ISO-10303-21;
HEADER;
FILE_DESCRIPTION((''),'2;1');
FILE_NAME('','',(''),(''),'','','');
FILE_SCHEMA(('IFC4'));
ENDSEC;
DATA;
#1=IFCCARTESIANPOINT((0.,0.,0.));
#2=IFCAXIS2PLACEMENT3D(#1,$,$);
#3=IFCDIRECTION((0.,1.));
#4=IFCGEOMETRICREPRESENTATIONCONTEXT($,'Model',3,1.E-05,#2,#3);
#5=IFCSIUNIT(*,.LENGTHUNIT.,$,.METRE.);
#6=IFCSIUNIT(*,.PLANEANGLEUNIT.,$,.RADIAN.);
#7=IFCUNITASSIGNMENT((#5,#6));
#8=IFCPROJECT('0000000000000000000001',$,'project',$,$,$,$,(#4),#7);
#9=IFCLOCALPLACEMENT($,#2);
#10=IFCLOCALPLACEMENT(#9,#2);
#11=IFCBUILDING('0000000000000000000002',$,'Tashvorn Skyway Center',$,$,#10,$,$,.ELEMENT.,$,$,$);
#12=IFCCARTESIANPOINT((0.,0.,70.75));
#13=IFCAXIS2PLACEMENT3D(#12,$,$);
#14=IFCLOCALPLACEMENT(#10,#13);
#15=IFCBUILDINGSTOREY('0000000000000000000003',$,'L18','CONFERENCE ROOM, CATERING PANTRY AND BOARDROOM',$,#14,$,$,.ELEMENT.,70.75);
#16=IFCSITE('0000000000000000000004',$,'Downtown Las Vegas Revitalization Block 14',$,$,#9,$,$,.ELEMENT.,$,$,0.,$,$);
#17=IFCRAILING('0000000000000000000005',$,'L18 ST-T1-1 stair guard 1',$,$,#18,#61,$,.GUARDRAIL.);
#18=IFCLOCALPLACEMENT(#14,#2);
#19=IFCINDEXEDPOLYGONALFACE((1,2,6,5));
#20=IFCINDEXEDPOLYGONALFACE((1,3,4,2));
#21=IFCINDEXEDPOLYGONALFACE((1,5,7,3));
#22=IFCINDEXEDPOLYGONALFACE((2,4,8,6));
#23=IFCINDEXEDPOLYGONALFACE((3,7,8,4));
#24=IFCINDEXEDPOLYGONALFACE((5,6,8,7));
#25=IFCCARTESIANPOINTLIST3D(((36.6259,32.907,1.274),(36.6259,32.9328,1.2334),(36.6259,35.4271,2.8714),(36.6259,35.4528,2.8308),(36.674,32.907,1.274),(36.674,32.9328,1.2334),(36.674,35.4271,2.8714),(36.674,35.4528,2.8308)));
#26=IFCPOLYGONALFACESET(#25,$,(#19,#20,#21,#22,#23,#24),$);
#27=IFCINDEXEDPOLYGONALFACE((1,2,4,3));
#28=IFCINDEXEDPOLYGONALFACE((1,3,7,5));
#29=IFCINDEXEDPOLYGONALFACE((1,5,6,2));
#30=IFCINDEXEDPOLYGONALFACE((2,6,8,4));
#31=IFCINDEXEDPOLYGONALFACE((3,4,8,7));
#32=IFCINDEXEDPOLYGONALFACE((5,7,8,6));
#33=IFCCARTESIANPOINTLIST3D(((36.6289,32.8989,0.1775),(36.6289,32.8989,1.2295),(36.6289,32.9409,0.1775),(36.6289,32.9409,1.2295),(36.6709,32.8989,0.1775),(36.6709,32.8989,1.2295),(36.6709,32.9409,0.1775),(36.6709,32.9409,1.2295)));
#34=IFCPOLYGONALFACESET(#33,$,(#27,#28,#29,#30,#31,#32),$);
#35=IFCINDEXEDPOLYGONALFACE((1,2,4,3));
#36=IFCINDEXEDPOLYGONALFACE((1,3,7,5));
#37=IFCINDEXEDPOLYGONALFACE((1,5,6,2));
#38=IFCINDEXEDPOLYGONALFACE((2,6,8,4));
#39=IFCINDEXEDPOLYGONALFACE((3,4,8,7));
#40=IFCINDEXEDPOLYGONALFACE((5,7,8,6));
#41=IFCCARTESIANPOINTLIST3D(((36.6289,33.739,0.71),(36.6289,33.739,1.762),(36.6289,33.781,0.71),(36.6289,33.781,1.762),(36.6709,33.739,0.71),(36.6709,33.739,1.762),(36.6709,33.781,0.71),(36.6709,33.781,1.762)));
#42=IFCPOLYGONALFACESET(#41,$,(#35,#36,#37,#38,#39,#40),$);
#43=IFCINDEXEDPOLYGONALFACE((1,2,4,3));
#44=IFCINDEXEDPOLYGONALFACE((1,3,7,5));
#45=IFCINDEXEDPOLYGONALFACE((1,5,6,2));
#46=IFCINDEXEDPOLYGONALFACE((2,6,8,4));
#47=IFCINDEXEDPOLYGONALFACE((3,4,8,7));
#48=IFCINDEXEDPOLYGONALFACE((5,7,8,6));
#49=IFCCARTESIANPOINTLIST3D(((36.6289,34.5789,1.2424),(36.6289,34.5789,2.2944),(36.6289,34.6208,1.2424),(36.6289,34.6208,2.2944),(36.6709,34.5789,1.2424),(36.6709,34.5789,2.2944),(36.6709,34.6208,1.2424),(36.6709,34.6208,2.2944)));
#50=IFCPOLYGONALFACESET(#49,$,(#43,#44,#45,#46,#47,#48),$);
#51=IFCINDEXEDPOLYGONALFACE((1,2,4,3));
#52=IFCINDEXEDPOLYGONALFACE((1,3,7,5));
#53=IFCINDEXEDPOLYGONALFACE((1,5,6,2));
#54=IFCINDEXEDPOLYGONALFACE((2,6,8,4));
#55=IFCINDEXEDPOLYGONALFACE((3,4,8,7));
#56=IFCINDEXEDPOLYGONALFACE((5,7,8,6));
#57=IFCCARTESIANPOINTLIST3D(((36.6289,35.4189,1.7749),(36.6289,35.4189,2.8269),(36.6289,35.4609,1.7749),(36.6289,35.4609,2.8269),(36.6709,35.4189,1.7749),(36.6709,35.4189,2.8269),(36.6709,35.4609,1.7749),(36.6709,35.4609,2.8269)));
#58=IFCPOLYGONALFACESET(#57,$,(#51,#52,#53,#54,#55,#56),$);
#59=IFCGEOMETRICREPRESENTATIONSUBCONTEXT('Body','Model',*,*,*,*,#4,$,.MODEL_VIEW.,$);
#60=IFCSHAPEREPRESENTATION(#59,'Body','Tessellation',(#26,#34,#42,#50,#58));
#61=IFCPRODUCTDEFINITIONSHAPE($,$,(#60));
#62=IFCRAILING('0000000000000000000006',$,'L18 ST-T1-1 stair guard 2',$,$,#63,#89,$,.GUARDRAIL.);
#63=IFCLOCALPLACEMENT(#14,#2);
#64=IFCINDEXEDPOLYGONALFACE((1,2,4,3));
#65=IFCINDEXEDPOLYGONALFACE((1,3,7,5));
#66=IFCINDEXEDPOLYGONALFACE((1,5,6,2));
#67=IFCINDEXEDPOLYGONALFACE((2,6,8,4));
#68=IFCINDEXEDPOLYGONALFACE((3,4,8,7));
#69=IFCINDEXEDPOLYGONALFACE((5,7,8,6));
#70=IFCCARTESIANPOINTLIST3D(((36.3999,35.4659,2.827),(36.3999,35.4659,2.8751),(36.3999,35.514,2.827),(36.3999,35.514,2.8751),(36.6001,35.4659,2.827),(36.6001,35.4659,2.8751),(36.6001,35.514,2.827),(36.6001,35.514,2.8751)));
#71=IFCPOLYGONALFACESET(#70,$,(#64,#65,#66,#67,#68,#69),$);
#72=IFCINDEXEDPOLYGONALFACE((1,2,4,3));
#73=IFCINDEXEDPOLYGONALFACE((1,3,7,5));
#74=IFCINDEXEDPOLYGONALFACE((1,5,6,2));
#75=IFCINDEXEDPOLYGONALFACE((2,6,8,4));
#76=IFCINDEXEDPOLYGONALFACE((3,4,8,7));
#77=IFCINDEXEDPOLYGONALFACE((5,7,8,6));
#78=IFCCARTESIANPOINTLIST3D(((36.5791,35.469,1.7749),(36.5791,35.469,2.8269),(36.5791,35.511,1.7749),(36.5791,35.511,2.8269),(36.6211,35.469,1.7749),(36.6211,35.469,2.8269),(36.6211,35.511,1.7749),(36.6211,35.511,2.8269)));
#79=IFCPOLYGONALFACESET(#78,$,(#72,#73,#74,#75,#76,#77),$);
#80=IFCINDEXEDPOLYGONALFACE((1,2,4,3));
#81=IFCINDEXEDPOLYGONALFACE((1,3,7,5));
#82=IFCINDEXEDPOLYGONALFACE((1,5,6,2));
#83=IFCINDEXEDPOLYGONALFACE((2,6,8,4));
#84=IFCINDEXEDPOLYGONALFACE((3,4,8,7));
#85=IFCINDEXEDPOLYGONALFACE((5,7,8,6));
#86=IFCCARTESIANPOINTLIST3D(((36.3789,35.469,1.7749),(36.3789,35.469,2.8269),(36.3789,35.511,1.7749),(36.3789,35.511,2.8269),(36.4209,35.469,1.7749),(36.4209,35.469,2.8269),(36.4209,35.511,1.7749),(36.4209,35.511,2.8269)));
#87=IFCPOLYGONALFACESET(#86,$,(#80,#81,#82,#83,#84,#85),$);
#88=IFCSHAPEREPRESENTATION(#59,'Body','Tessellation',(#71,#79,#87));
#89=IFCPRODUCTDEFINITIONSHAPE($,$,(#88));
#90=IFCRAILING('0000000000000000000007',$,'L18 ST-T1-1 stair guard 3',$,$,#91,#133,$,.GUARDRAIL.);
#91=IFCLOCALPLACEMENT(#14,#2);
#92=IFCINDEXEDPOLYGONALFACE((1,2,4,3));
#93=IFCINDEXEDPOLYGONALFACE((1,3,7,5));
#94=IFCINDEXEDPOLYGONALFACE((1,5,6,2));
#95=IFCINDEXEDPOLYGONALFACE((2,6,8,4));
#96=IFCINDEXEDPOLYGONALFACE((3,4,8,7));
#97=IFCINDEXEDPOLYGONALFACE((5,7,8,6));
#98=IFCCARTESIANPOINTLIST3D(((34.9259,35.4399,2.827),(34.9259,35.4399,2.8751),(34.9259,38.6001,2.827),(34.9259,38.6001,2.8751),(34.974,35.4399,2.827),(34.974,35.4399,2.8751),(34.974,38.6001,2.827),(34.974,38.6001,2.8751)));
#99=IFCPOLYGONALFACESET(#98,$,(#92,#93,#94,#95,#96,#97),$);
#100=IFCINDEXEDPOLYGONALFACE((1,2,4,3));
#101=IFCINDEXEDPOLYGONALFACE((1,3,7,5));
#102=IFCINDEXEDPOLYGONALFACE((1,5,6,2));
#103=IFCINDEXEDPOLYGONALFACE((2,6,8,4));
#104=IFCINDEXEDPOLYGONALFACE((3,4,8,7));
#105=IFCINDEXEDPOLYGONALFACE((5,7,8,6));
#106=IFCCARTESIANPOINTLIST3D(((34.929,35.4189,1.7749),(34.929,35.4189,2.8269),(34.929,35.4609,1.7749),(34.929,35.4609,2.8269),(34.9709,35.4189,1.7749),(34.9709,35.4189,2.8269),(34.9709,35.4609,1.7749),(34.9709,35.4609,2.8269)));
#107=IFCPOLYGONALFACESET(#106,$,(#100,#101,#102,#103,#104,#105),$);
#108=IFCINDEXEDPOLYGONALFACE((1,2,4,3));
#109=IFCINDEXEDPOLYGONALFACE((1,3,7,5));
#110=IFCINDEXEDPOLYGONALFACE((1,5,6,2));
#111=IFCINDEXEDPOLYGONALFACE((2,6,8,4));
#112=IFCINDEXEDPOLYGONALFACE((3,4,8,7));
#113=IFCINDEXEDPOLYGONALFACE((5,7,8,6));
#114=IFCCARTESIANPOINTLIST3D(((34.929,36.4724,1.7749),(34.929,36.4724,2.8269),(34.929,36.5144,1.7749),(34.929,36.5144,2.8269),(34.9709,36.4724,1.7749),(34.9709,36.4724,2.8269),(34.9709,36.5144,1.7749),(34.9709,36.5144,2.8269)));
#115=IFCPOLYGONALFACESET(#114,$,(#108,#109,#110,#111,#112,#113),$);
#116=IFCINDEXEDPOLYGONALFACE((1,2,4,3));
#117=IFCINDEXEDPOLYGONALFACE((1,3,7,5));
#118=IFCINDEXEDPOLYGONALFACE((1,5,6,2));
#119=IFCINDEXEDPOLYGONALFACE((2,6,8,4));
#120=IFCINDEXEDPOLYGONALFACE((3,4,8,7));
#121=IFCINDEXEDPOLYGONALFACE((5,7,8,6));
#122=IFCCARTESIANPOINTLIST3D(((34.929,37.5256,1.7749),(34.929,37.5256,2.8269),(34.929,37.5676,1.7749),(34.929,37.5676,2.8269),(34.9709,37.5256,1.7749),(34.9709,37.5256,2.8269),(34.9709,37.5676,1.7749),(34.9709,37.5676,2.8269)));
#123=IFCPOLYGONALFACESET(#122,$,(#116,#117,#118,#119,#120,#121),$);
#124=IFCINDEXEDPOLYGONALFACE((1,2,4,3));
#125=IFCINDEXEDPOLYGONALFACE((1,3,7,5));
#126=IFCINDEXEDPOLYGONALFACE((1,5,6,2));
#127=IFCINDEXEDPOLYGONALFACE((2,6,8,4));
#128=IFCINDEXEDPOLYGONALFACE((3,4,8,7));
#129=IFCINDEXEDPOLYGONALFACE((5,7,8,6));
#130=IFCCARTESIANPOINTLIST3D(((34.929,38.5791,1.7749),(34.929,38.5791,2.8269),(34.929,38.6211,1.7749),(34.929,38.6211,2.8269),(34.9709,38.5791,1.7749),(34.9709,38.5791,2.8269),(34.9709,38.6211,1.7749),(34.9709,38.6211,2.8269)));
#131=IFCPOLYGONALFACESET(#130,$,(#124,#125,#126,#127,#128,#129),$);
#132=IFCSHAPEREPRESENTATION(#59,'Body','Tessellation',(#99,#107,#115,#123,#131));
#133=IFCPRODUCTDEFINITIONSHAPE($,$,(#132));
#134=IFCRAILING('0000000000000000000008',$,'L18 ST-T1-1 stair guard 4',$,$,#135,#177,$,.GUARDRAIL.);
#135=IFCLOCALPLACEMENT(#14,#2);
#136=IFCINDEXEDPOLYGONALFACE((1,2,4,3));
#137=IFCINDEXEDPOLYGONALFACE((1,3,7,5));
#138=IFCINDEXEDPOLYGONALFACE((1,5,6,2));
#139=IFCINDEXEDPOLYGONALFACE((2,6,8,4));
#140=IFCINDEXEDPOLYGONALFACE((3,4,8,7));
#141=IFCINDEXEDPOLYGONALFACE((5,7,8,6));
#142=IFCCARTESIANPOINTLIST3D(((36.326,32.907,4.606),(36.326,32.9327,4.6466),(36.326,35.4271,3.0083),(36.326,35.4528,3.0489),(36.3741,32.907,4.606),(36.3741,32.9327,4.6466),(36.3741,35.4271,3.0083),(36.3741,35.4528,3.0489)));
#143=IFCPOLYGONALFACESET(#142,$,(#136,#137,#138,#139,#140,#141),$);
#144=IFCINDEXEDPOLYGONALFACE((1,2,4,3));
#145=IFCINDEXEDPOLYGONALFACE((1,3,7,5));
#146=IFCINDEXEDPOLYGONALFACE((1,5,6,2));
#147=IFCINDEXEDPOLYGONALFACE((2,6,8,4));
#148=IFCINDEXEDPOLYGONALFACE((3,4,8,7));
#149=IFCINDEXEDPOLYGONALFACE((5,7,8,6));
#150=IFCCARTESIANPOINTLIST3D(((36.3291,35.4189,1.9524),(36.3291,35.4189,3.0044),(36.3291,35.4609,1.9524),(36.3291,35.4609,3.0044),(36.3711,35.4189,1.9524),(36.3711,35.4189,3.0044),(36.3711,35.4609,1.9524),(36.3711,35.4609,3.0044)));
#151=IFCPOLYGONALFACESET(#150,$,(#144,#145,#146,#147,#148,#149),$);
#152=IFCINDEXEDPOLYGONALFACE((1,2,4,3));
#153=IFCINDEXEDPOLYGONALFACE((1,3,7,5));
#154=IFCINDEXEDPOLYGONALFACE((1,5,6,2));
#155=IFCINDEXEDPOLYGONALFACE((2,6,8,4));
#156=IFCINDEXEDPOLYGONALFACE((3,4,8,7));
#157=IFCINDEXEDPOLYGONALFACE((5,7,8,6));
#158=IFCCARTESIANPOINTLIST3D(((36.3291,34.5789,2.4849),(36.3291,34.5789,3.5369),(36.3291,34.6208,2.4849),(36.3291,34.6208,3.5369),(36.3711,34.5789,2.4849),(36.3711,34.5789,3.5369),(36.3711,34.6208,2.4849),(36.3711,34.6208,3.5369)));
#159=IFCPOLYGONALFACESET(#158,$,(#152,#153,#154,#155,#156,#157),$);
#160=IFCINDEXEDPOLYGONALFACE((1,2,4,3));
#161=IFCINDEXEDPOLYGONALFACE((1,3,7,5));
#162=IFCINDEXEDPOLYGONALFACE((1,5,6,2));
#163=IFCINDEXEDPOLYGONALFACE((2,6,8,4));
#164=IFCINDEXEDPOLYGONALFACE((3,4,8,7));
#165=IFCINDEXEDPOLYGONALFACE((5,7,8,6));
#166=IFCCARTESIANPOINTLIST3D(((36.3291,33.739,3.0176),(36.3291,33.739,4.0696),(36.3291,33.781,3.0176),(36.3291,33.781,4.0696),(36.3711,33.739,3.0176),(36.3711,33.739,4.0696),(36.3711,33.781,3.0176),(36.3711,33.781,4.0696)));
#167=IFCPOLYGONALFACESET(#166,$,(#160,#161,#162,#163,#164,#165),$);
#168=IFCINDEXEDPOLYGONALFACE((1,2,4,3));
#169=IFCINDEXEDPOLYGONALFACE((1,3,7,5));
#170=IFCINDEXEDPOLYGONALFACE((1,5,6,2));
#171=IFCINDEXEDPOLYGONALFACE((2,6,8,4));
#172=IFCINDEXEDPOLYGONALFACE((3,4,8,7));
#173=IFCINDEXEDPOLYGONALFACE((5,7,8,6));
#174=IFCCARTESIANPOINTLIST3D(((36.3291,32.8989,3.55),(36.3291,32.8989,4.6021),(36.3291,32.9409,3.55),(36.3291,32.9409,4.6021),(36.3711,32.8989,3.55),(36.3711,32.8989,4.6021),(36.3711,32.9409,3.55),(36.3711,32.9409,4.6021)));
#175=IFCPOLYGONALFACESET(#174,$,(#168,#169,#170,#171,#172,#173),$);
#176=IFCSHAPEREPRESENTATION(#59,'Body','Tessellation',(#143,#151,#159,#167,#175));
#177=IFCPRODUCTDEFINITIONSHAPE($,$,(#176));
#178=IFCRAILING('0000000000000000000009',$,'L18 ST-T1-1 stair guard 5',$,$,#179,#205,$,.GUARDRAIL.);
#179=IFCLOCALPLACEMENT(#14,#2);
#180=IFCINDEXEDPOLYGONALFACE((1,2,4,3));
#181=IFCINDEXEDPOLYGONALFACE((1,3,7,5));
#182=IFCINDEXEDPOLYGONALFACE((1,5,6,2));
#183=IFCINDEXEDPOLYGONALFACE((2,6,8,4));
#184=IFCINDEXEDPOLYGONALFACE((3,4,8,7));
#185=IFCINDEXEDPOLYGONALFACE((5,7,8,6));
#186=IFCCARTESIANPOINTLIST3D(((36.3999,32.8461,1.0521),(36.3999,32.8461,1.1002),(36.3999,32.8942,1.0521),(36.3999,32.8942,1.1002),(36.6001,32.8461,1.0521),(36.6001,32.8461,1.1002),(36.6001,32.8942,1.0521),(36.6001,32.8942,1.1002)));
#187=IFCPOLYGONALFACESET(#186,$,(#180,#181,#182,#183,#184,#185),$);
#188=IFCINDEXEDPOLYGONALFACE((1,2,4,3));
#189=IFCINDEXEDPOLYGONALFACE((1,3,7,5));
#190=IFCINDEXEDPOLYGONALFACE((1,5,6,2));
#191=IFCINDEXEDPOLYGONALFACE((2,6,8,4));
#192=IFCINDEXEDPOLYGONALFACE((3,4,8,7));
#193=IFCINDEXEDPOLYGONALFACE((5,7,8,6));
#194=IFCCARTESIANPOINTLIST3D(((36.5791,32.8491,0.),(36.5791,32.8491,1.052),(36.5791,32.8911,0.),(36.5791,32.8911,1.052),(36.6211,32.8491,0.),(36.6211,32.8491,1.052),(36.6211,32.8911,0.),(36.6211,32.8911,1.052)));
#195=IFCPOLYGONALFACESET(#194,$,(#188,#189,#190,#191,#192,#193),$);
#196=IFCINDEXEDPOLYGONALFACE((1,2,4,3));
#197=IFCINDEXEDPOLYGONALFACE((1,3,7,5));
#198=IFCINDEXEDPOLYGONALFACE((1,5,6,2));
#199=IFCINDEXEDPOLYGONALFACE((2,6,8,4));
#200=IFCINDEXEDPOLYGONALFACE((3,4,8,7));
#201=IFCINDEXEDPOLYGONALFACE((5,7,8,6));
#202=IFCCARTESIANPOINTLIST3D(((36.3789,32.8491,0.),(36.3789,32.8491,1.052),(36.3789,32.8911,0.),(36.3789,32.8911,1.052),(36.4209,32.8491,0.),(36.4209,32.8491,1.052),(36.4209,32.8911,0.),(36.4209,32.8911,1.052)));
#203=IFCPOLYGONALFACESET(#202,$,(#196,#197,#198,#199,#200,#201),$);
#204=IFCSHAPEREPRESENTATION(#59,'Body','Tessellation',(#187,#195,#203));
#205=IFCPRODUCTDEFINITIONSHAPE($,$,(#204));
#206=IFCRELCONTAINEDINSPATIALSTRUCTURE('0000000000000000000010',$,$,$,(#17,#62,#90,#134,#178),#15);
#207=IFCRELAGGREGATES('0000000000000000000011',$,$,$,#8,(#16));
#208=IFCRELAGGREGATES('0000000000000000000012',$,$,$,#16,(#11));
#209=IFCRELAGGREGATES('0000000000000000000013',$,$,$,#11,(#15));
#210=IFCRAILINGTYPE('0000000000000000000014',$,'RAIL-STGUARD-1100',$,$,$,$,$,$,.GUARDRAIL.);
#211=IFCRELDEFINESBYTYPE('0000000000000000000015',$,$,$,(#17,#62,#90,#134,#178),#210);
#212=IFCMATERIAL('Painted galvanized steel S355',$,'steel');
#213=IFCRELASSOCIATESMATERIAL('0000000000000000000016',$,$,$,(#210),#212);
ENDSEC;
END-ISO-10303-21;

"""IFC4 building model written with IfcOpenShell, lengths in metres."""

from ifc_helpers import new_model, si_unit, direction, frame, origin, origin_2d, place, context, subcontext, project, spatial, rectangle, extrude, material, type_object, element, save


model = new_model("IFC4")

# Units and contexts
model_context = context("Model", 3, precision=1e-05, world=origin(), true_north=direction((0.0, 1.0)))
body_context = subcontext(model_context, "Body", "Model", "MODEL_VIEW")
ifc_project = project(units=[si_unit("LENGTHUNIT", "METRE"), si_unit("PLANEANGLEUNIT", "RADIAN")], contexts=[model_context])

# Site, building, storey
site_placement = place(None, origin())
site = spatial("IfcSite", under=ifc_project, at=site_placement, Name="Downtown Las Vegas Revitalization Block 14", CompositionType="ELEMENT", RefElevation=0.0)
building_placement = place(site_placement, origin())
building = spatial("IfcBuilding", under=site, at=building_placement, Name="Tashvorn Skyway Center", CompositionType="ELEMENT")
storey_placement = place(building_placement, frame((0.0, 0.0, 70.75)))
storey = spatial("IfcBuildingStorey", under=building, at=storey_placement, Name="L18", Description="CONFERENCE ROOM, CATERING PANTRY AND BOARDROOM", CompositionType="ELEMENT", Elevation=70.75)

# Railings
ifc_material_1 = material(Name="Painted galvanized steel S355", Category="steel")
railing_type_1 = type_object("IfcRailingType", Name="RAIL-STGUARD-1100", PredefinedType="GUARDRAIL", material=ifc_material_1)
railing_1_placement = place(storey_placement, frame((36.6499, 32.9199, 0.1775)))
element("IfcRailing", 1, at=railing_1_placement, inside=storey, type_object=railing_type_1, Name="L18 ST-T1-1 stair guard 1", PredefinedType="GUARDRAIL", context=body_context, shape_type="SweptSolid", body=[
    extrude(rectangle(XDim=0.0481, YDim=0.0481, at=origin_2d()), frame((0.0, 0.0, 1.0762), z_axis=(0.0, 0.844607, 0.535387), x_axis=(-1.0, 0.0, 0.0)), (0.0, 0.0, 1.0), 2.9836),
    extrude(rectangle(XDim=0.042, YDim=0.042, at=origin_2d()), origin(), (0.0, 0.0, 1.0), 1.052),
    extrude(rectangle(XDim=0.042, YDim=0.042, at=origin_2d()), frame((0.0, 0.8401, 0.5325)), (0.0, 0.0, 1.0), 1.052),
    extrude(rectangle(XDim=0.042, YDim=0.042, at=origin_2d()), frame((0.0, 1.6799, 1.0649)), (0.0, 0.0, 1.0), 1.052),
    extrude(rectangle(XDim=0.042, YDim=0.042, at=origin_2d()), frame((0.0, 2.52, 1.5974)), (0.0, 0.0, 1.0), 1.052),
])
railing_2_placement = place(storey_placement, frame((36.6001, 35.49, 1.7749)))
element("IfcRailing", 2, at=railing_2_placement, inside=storey, type_object=railing_type_1, Name="L18 ST-T1-1 stair guard 2", PredefinedType="GUARDRAIL", context=body_context, shape_type="SweptSolid", body=[
    extrude(rectangle(XDim=0.0481, YDim=0.0481, at=origin_2d()), frame((0.0, 0.0, 1.0762), z_axis=(-1.0, 0.0, 0.0), x_axis=(0.0, -1.0, 0.0)), (0.0, 0.0, 1.0), 0.2002),
    extrude(rectangle(XDim=0.042, YDim=0.042, at=origin_2d()), origin(), (0.0, 0.0, 1.0), 1.052),
    extrude(rectangle(XDim=0.042, YDim=0.042, at=origin_2d()), frame((-0.2002, 0.0, 0.0)), (0.0, 0.0, 1.0), 1.052),
])
railing_3_placement = place(storey_placement, frame((34.95, 35.4399, 1.7749)))
element("IfcRailing", 3, at=railing_3_placement, inside=storey, type_object=railing_type_1, Name="L18 ST-T1-1 stair guard 3", PredefinedType="GUARDRAIL", context=body_context, shape_type="SweptSolid", body=[
    extrude(rectangle(XDim=0.0481, YDim=0.0481, at=origin_2d()), frame((0.0, 0.0, 1.0762), z_axis=(0.0, 1.0, 0.0), x_axis=(-1.0, 0.0, 0.0)), (0.0, 0.0, 1.0), 3.1602),
    extrude(rectangle(XDim=0.042, YDim=0.042, at=origin_2d()), origin(), (0.0, 0.0, 1.0), 1.052),
    extrude(rectangle(XDim=0.042, YDim=0.042, at=origin_2d()), frame((0.0, 1.0535, 0.0)), (0.0, 0.0, 1.0), 1.052),
    extrude(rectangle(XDim=0.042, YDim=0.042, at=origin_2d()), frame((0.0, 2.1067, 0.0)), (0.0, 0.0, 1.0), 1.052),
    extrude(rectangle(XDim=0.042, YDim=0.042, at=origin_2d()), frame((0.0, 3.1602, 0.0)), (0.0, 0.0, 1.0), 1.052),
])
railing_4_placement = place(storey_placement, frame((36.3501, 35.4399, 1.9524)))
element("IfcRailing", 4, at=railing_4_placement, inside=storey, type_object=railing_type_1, Name="L18 ST-T1-1 stair guard 4", PredefinedType="GUARDRAIL", context=body_context, shape_type="SweptSolid", body=[
    extrude(rectangle(XDim=0.0481, YDim=0.0481, at=origin_2d()), frame((0.0, 0.0, 1.0762), z_axis=(0.0, -0.84457, 0.535445), x_axis=(1.0, 0.0, 0.0)), (0.0, 0.0, 1.0), 2.9839),
    extrude(rectangle(XDim=0.042, YDim=0.042, at=origin_2d()), origin(), (0.0, 0.0, 1.0), 1.052),
    extrude(rectangle(XDim=0.042, YDim=0.042, at=origin_2d()), frame((0.0, -0.8401, 0.5325)), (0.0, 0.0, 1.0), 1.052),
    extrude(rectangle(XDim=0.042, YDim=0.042, at=origin_2d()), frame((0.0, -1.6799, 1.0652)), (0.0, 0.0, 1.0), 1.052),
    extrude(rectangle(XDim=0.042, YDim=0.042, at=origin_2d()), frame((0.0, -2.52, 1.5977)), (0.0, 0.0, 1.0), 1.052),
])
railing_5_placement = place(storey_placement, frame((36.6001, 32.8701, 0.0)))
element("IfcRailing", 5, at=railing_5_placement, inside=storey, type_object=railing_type_1, Name="L18 ST-T1-1 stair guard 5", PredefinedType="GUARDRAIL", context=body_context, shape_type="SweptSolid", body=[
    extrude(rectangle(XDim=0.0481, YDim=0.0481, at=origin_2d()), frame((0.0, 0.0, 1.0762), z_axis=(-1.0, 0.0, 0.0), x_axis=(0.0, -1.0, 0.0)), (0.0, 0.0, 1.0), 0.2002),
    extrude(rectangle(XDim=0.042, YDim=0.042, at=origin_2d()), origin(), (0.0, 0.0, 1.0), 1.052),
    extrude(rectangle(XDim=0.042, YDim=0.042, at=origin_2d()), frame((-0.2002, 0.0, 0.0)), (0.0, 0.0, 1.0), 1.052),
])

save(model, "model.ifc")
